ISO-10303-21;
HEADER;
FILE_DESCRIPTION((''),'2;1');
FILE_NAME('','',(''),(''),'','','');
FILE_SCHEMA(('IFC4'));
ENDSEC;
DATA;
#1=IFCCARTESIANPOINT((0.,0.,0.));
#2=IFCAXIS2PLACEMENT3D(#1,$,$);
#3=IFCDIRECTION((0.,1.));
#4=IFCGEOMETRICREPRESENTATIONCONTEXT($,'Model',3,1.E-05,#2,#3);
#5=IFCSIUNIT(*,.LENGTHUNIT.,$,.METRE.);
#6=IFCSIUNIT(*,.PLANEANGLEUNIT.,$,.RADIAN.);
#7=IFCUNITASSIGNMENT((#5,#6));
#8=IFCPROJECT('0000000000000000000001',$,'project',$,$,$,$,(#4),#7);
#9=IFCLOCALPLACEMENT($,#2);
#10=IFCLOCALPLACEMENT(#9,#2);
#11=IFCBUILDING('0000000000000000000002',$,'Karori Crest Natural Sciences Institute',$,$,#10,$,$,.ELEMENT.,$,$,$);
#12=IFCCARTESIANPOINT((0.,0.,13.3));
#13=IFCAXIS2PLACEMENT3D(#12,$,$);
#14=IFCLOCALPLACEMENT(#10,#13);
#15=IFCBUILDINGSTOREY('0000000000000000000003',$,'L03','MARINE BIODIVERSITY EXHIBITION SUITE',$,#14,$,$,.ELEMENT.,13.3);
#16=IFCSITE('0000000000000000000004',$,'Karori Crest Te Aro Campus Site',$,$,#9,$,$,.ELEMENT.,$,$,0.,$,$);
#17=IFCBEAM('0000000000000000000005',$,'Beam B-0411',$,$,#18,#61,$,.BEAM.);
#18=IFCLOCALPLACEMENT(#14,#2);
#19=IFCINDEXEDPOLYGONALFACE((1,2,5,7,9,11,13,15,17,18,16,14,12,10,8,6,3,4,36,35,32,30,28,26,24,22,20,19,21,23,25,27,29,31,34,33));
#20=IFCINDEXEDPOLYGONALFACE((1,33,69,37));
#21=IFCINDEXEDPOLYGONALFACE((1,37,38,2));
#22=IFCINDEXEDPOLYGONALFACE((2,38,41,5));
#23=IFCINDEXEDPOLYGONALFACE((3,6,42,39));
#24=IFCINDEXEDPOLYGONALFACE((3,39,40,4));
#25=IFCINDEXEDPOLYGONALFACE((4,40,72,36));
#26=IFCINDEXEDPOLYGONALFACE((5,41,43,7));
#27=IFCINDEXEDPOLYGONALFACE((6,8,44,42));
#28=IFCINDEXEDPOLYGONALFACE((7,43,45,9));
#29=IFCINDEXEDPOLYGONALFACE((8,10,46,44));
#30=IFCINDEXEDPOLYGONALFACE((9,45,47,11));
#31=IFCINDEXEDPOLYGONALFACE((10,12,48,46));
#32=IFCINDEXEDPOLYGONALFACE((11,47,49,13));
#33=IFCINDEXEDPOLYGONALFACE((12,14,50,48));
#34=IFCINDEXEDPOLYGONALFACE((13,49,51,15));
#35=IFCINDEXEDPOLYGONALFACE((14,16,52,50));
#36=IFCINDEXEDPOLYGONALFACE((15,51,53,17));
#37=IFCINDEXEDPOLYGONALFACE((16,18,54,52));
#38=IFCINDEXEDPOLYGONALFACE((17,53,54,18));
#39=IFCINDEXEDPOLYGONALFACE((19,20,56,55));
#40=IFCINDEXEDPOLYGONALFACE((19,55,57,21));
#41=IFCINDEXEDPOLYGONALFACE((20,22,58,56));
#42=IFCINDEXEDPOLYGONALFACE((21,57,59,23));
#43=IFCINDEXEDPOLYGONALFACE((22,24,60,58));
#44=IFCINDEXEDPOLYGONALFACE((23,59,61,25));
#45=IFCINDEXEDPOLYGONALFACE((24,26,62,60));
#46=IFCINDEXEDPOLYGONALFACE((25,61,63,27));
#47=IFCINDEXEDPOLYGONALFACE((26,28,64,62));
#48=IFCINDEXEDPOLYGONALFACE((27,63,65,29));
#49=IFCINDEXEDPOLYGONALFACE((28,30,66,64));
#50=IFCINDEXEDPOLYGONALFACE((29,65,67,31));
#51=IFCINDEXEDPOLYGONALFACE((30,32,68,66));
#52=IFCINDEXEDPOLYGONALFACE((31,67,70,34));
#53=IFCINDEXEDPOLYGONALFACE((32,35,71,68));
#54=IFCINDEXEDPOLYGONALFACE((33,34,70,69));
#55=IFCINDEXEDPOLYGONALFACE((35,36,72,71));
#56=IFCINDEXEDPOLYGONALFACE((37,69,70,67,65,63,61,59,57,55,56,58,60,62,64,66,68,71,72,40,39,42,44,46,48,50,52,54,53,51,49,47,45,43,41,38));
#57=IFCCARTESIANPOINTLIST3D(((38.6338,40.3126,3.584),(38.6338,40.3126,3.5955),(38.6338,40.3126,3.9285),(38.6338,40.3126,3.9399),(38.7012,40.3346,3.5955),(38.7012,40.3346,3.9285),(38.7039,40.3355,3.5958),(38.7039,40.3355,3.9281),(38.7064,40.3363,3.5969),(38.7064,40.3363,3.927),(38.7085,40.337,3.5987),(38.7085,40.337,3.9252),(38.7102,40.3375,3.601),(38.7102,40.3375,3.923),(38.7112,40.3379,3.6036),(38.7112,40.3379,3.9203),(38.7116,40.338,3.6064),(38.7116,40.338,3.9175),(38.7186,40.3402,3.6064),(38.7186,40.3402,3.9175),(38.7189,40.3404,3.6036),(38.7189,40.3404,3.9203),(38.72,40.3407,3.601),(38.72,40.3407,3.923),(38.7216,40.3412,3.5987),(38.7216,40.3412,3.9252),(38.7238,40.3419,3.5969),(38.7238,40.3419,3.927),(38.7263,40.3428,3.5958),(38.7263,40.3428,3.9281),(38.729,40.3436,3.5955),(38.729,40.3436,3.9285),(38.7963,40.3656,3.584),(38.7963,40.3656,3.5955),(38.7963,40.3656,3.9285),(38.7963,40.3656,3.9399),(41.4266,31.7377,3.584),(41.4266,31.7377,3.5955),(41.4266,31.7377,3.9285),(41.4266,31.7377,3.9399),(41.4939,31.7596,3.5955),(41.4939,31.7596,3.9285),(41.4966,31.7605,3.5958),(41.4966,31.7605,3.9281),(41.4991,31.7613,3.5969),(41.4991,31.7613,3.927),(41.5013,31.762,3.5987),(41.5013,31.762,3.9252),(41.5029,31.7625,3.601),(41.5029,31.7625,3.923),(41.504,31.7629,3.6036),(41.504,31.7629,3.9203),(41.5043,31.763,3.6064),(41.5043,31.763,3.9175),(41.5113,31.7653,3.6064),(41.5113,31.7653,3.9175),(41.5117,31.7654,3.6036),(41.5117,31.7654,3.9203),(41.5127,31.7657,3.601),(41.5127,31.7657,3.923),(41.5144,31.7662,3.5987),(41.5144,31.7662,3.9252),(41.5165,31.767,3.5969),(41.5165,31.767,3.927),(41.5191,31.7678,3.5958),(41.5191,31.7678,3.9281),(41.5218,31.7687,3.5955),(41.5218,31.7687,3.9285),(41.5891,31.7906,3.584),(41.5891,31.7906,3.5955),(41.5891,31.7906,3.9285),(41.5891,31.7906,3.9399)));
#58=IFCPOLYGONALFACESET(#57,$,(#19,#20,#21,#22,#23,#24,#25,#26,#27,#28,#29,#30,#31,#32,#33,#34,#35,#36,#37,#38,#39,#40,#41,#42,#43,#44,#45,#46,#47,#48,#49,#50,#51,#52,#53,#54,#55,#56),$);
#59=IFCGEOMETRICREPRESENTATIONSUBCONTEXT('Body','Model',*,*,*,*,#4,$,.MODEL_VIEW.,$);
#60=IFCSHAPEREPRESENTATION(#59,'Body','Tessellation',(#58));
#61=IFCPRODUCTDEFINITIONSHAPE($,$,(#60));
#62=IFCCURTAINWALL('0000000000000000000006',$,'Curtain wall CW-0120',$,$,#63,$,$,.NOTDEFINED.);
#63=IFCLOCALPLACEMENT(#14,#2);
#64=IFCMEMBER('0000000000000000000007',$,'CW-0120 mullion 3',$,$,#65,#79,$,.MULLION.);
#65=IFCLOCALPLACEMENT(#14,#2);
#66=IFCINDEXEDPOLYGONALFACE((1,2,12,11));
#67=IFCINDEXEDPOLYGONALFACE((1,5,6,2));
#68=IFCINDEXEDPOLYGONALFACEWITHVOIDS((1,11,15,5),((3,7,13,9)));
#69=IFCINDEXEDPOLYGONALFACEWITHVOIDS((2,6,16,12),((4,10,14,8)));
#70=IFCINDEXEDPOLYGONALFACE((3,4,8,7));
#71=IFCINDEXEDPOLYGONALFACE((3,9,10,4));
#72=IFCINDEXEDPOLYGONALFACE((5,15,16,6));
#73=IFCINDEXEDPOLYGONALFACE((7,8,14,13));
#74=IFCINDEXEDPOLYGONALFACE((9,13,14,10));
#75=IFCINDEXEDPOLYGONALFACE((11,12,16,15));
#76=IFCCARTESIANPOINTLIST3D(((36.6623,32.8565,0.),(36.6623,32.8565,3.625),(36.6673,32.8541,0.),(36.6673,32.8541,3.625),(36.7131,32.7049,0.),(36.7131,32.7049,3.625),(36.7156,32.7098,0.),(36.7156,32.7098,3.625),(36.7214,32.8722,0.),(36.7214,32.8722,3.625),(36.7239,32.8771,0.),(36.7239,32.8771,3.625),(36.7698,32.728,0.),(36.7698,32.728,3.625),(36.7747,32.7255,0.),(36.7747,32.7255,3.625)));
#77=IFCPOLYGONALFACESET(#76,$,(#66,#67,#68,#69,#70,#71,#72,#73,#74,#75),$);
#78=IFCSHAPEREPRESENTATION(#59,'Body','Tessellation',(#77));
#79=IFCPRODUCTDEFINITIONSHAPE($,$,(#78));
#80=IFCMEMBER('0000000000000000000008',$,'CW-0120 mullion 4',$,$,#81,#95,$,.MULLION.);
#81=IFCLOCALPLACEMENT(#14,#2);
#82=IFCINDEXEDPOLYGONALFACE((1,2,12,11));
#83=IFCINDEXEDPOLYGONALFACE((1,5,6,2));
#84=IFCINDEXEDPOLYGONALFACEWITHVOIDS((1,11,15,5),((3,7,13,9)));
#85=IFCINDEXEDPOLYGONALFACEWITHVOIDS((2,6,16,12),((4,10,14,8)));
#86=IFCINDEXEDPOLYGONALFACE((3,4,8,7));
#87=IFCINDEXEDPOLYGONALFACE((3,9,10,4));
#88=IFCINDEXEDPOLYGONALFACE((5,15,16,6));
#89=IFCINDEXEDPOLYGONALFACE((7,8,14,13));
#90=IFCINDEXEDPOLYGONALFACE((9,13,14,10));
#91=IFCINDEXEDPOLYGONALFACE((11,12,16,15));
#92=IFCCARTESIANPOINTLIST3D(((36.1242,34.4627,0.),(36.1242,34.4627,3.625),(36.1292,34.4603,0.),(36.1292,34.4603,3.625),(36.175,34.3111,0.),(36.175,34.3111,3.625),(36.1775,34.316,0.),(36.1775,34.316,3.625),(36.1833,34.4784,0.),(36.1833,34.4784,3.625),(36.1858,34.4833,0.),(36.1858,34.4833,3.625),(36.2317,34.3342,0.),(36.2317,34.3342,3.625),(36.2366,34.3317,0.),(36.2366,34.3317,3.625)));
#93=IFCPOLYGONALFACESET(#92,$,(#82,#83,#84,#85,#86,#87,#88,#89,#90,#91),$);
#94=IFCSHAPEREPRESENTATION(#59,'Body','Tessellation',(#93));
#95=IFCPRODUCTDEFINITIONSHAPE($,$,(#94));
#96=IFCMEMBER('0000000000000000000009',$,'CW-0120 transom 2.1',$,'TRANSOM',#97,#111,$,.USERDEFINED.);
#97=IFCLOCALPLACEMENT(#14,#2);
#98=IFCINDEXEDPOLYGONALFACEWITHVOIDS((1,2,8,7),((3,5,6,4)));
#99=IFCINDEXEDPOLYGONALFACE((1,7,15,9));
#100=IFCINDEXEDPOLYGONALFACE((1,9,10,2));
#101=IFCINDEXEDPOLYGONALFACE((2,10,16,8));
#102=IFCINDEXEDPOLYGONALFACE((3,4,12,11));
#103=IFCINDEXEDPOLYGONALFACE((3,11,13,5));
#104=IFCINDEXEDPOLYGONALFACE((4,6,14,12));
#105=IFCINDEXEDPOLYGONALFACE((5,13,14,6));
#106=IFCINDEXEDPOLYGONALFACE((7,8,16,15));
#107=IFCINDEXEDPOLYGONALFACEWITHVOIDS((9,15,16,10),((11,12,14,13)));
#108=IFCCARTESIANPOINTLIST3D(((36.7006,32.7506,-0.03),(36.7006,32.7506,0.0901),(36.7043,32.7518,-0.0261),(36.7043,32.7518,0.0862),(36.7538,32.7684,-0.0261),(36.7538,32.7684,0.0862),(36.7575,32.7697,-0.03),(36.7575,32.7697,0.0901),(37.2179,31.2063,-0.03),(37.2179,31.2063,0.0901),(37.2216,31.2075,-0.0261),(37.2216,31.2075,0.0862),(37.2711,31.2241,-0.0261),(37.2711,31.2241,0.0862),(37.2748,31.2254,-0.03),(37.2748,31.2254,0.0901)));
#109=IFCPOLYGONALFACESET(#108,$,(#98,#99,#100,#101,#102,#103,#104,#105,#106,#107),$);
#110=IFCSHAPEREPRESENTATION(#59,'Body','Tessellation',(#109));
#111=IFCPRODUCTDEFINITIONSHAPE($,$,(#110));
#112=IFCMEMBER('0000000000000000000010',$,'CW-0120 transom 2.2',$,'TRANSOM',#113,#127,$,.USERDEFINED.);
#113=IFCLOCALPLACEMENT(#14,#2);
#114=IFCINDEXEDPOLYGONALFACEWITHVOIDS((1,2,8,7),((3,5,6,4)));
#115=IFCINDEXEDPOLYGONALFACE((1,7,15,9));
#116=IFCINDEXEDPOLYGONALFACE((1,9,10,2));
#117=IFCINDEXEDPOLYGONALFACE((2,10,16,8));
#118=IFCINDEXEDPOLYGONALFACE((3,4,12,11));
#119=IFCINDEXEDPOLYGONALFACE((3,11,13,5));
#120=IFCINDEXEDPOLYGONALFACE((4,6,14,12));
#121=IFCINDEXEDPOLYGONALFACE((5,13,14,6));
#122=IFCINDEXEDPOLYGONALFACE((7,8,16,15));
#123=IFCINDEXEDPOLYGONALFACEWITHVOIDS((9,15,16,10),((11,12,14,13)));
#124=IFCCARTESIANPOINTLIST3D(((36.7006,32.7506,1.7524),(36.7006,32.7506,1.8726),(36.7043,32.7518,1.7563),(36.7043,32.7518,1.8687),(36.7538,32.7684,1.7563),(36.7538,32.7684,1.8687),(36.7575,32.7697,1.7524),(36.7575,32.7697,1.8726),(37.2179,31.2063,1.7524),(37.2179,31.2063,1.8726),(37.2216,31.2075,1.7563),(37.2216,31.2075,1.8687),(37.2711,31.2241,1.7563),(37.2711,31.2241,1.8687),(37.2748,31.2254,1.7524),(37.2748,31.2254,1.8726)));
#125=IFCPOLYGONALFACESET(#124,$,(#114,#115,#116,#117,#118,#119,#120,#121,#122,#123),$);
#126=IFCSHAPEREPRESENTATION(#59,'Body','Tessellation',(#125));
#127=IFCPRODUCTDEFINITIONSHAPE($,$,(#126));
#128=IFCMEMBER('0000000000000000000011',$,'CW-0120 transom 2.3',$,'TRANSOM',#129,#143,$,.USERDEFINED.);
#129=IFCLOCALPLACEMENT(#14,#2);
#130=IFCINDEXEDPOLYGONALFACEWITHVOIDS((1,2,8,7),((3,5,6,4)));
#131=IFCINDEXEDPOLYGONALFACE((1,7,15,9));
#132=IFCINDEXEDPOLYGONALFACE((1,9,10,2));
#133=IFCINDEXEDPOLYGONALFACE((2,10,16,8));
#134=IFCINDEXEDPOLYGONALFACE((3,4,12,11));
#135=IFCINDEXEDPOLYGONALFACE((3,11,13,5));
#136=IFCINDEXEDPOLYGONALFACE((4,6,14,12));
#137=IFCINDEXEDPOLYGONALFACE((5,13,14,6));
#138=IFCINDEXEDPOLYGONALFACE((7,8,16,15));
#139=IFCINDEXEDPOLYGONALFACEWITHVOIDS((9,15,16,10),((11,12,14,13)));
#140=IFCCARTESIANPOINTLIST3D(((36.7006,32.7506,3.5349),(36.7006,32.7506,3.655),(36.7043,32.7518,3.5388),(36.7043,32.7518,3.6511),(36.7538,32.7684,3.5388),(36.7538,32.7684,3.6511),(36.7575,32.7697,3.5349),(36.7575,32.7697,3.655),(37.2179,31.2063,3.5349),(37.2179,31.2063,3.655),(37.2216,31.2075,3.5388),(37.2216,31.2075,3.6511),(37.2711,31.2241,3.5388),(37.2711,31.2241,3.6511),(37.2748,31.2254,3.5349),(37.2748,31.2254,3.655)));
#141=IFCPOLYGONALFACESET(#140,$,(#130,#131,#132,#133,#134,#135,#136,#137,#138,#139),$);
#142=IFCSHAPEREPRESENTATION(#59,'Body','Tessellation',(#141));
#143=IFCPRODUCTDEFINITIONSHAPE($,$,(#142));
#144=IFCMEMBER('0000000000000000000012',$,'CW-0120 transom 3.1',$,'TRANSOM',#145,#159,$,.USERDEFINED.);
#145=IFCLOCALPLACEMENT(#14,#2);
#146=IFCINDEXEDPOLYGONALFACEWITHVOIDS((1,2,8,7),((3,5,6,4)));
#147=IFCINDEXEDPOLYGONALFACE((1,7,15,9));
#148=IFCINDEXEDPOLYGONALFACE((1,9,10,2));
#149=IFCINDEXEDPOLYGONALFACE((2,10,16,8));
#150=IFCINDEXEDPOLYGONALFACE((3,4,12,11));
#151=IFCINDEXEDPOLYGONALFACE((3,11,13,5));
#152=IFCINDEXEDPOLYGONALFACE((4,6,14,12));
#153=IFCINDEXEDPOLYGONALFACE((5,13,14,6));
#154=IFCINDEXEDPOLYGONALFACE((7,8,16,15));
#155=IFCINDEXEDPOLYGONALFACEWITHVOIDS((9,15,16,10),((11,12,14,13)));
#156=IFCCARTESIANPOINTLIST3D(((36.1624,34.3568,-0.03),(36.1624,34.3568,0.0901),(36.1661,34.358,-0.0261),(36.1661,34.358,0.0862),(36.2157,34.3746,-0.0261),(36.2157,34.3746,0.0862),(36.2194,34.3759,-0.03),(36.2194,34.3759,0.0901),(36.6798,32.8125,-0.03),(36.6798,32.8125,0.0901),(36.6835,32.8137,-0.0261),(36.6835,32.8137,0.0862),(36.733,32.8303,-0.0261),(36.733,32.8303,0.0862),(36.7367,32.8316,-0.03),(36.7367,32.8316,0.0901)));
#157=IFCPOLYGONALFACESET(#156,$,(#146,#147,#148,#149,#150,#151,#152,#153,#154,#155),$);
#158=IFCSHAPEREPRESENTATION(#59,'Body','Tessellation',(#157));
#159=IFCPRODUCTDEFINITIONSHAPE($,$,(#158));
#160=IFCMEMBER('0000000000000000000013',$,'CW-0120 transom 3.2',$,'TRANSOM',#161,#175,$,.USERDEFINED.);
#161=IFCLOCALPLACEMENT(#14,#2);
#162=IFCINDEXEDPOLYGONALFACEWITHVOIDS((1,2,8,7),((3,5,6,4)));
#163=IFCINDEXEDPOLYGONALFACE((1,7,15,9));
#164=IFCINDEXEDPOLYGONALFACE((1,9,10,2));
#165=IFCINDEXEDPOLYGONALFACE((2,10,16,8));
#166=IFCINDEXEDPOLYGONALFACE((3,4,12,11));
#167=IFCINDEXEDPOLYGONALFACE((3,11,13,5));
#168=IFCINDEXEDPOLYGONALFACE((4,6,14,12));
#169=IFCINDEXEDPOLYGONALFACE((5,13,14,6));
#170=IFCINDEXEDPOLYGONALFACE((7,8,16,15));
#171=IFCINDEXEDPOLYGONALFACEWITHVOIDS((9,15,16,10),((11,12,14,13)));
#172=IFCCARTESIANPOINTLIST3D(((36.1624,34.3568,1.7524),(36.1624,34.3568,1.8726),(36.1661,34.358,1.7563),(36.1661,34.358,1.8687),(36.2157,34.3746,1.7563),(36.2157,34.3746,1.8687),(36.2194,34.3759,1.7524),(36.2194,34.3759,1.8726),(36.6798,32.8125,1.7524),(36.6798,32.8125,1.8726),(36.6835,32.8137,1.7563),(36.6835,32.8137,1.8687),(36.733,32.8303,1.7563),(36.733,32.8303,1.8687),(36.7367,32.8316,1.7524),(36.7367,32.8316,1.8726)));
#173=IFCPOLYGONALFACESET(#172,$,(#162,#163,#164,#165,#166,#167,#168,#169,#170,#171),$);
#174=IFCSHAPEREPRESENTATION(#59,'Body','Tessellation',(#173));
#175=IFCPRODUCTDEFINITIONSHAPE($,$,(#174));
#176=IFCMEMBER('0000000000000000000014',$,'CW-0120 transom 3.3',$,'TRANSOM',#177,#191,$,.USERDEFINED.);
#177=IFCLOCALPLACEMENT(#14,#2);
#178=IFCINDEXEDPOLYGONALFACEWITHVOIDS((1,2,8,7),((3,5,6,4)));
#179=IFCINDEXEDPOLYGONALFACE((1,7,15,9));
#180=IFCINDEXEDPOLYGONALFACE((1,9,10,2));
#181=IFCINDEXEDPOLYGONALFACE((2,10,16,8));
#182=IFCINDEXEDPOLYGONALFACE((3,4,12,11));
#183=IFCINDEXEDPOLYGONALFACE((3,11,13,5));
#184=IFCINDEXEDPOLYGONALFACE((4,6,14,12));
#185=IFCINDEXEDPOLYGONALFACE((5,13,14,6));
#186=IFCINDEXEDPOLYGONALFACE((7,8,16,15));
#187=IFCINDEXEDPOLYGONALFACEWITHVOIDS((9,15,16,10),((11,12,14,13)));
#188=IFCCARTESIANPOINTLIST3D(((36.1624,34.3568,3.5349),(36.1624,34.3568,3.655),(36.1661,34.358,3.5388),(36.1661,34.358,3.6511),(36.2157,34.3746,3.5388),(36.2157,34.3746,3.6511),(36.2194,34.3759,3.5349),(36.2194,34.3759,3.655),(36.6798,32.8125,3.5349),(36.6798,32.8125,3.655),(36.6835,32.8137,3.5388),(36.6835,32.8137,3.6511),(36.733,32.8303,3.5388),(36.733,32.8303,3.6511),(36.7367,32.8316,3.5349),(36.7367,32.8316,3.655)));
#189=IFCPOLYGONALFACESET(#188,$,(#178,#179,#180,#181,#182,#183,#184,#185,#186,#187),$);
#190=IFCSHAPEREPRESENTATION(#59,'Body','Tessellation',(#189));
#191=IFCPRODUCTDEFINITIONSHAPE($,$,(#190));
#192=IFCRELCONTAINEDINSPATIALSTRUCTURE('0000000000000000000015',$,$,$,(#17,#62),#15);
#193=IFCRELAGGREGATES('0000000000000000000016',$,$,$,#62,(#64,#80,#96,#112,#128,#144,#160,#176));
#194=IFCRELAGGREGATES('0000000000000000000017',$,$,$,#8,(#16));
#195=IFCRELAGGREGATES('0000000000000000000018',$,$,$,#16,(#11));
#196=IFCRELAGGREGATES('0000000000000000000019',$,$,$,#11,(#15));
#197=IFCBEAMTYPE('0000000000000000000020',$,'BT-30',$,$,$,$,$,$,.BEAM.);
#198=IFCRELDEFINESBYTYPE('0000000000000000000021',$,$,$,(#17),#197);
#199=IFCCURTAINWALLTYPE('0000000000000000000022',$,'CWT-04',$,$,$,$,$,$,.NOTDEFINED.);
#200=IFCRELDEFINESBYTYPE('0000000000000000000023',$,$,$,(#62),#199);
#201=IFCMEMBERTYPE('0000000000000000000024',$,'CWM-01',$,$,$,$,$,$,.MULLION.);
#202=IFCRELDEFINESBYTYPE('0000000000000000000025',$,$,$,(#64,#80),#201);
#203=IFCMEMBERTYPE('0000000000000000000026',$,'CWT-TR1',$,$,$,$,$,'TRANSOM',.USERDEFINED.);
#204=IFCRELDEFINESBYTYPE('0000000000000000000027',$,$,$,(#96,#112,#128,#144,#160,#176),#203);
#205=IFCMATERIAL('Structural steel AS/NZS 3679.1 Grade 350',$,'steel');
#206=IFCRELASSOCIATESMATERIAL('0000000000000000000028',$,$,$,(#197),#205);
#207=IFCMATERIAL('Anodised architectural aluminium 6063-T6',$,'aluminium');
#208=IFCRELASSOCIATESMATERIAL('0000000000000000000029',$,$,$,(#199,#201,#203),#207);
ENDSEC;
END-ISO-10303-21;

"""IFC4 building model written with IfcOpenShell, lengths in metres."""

from ifc_helpers import new_model, si_unit, direction, frame, origin, origin_2d, place, context, subcontext, project, spatial, hollow_rectangle, i_section, extrude, material, material_profile, profile_set, type_object, element, aggregate, save


model = new_model("IFC4")

# Units and contexts
model_context = context("Model", 3, precision=1e-05, world=origin(), true_north=direction((0.0, 1.0)))
body_context = subcontext(model_context, "Body", "Model", "MODEL_VIEW")
ifc_project = project(units=[si_unit("LENGTHUNIT", "METRE"), si_unit("PLANEANGLEUNIT", "RADIAN")], contexts=[model_context])

# Site, building, storey
site_placement = place(None, origin())
site = spatial("IfcSite", under=ifc_project, at=site_placement, Name="Karori Crest Te Aro Campus Site", CompositionType="ELEMENT", RefElevation=0.0)
building_placement = place(site_placement, origin())
building = spatial("IfcBuilding", under=site, at=building_placement, Name="Karori Crest Natural Sciences Institute", CompositionType="ELEMENT")
storey_placement = place(building_placement, frame((0.0, 0.0, 13.3)))
storey = spatial("IfcBuildingStorey", under=building, at=storey_placement, Name="L03", Description="MARINE BIODIVERSITY EXHIBITION SUITE", CompositionType="ELEMENT", Elevation=13.3)

# Beam
ifc_material_1 = material(Name="Structural steel AS/NZS 3679.1 Grade 350", Category="steel")
ifc_material_profile_1 = material_profile(ifc_material_1, i_section(OverallWidth=0.1709, OverallDepth=0.356, WebThickness=0.0073, FlangeThickness=0.0115, FilletRadius=0.011, at=origin_2d()), Name="360UB50.7")
ifc_profile_set_1 = profile_set([ifc_material_profile_1], Name="Structural steel AS/NZS 3679.1 Grade 350")
beam_type = type_object("IfcBeamType", Name="BT-30", PredefinedType="BEAM", material=ifc_profile_set_1)
beam_placement = place(storey_placement, frame((38.7151, 40.3391, 3.762), z_axis=(0.309674, -0.950843, 0.0), x_axis=(0.950843, 0.309674, 0.0)))
element("IfcBeam", 1, at=beam_placement, inside=storey, type_object=beam_type, Name="Beam B-0411", PredefinedType="BEAM", context=body_context, shape_type="SweptSolid", body=[
    extrude(i_section(OverallWidth=0.1709, OverallDepth=0.356, WebThickness=0.0073, FlangeThickness=0.0115, FilletRadius=0.011, at=origin_2d()), origin(), (0.0, 0.0, 1.0), 9.0183),
])

# Curtain wall, members
ifc_material_2 = material(Name="Anodised architectural aluminium 6063-T6", Category="aluminium")
curtain_wall_type = type_object("IfcCurtainWallType", Name="CWT-04", PredefinedType="NOTDEFINED", material=ifc_material_2)
curtain_wall_placement = place(storey_placement, origin())
curtain_wall = element("IfcCurtainWall", 2, at=curtain_wall_placement, inside=storey, type_object=curtain_wall_type, Name="Curtain wall CW-0120", PredefinedType="NOTDEFINED")
ifc_material_profile_2 = material_profile(ifc_material_2, hollow_rectangle(XDim=0.0649, YDim=0.1599, WallThickness=0.0039, at=origin_2d()), Name="CWM160x65x4")
ifc_profile_set_2 = profile_set([ifc_material_profile_2], Name="Anodised architectural aluminium 6063-T6")
member_type_1 = type_object("IfcMemberType", Name="CWM-01", PredefinedType="MULLION", material=ifc_profile_set_2)
member_1_placement = place(storey_placement, frame((36.7185, 32.791, 0.0), z_axis=(0.0, 0.0, 1.0), x_axis=(-0.948198, -0.31768, 0.0)))
member_1 = element("IfcMember", 3, at=member_1_placement, type_object=member_type_1, Name="CW-0120 mullion 3", PredefinedType="MULLION", context=body_context, shape_type="SweptSolid", body=[
    extrude(hollow_rectangle(XDim=0.0649, YDim=0.1599, WallThickness=0.0039, at=origin_2d()), origin(), (0.0, 0.0, 1.0), 3.625),
])
member_2_placement = place(storey_placement, frame((36.1804, 34.3972, 0.0), z_axis=(0.0, 0.0, 1.0), x_axis=(-0.948198, -0.31768, 0.0)))
member_2 = element("IfcMember", 4, at=member_2_placement, type_object=member_type_1, Name="CW-0120 mullion 4", PredefinedType="MULLION", context=body_context, shape_type="SweptSolid", body=[
    extrude(hollow_rectangle(XDim=0.0649, YDim=0.1599, WallThickness=0.0039, at=origin_2d()), origin(), (0.0, 0.0, 1.0), 3.625),
])
ifc_material_profile_3 = material_profile(ifc_material_2, hollow_rectangle(XDim=0.0601, YDim=0.1201, WallThickness=0.0039, at=origin_2d()), Name="CWT120x60x4")
ifc_profile_set_3 = profile_set([ifc_material_profile_3], Name="Anodised architectural aluminium 6063-T6")
member_type_2 = type_object("IfcMemberType", Name="CWT-TR1", ElementType="TRANSOM", PredefinedType="USERDEFINED", material=ifc_profile_set_3)
member_3_placement = place(storey_placement, frame((37.2463, 31.2158, 0.03), z_axis=(-0.317621, 0.948218, 0.0), x_axis=(-0.948218, -0.317621, 0.0)))
member_3 = element("IfcMember", 5, at=member_3_placement, type_object=member_type_2, Name="CW-0120 transom 2.1", ObjectType="TRANSOM", PredefinedType="USERDEFINED", context=body_context, shape_type="SweptSolid", body=[
    extrude(hollow_rectangle(XDim=0.0601, YDim=0.1201, WallThickness=0.0039, at=origin_2d()), origin(), (0.0, 0.0, 1.0), 1.6287),
])
member_4_placement = place(storey_placement, frame((37.2463, 31.2158, 1.8125), z_axis=(-0.317621, 0.948218, 0.0), x_axis=(-0.948218, -0.317621, 0.0)))
member_4 = element("IfcMember", 6, at=member_4_placement, type_object=member_type_2, Name="CW-0120 transom 2.2", ObjectType="TRANSOM", PredefinedType="USERDEFINED", context=body_context, shape_type="SweptSolid", body=[
    extrude(hollow_rectangle(XDim=0.0601, YDim=0.1201, WallThickness=0.0039, at=origin_2d()), origin(), (0.0, 0.0, 1.0), 1.6287),
])
member_5_placement = place(storey_placement, frame((37.2463, 31.2158, 3.595), z_axis=(-0.317621, 0.948218, 0.0), x_axis=(-0.948218, -0.317621, 0.0)))
member_5 = element("IfcMember", 7, at=member_5_placement, type_object=member_type_2, Name="CW-0120 transom 2.3", ObjectType="TRANSOM", PredefinedType="USERDEFINED", context=body_context, shape_type="SweptSolid", body=[
    extrude(hollow_rectangle(XDim=0.0601, YDim=0.1201, WallThickness=0.0039, at=origin_2d()), origin(), (0.0, 0.0, 1.0), 1.6287),
])
member_6_placement = place(storey_placement, frame((36.7083, 32.822, 0.03), z_axis=(-0.317667, 0.948202, 0.0), x_axis=(-0.948202, -0.317667, 0.0)))
member_6 = element("IfcMember", 8, at=member_6_placement, type_object=member_type_2, Name="CW-0120 transom 3.1", ObjectType="TRANSOM", PredefinedType="USERDEFINED", context=body_context, shape_type="SweptSolid", body=[
    extrude(hollow_rectangle(XDim=0.0601, YDim=0.1201, WallThickness=0.0039, at=origin_2d()), origin(), (0.0, 0.0, 1.0), 1.6287),
])
member_7_placement = place(storey_placement, frame((36.7083, 32.822, 1.8125), z_axis=(-0.317667, 0.948202, 0.0), x_axis=(-0.948202, -0.317667, 0.0)))
member_7 = element("IfcMember", 9, at=member_7_placement, type_object=member_type_2, Name="CW-0120 transom 3.2", ObjectType="TRANSOM", PredefinedType="USERDEFINED", context=body_context, shape_type="SweptSolid", body=[
    extrude(hollow_rectangle(XDim=0.0601, YDim=0.1201, WallThickness=0.0039, at=origin_2d()), origin(), (0.0, 0.0, 1.0), 1.6287),
])
member_8_placement = place(storey_placement, frame((36.7083, 32.822, 3.595), z_axis=(-0.317667, 0.948202, 0.0), x_axis=(-0.948202, -0.317667, 0.0)))
member_8 = element("IfcMember", 10, at=member_8_placement, type_object=member_type_2, Name="CW-0120 transom 3.3", ObjectType="TRANSOM", PredefinedType="USERDEFINED", context=body_context, shape_type="SweptSolid", body=[
    extrude(hollow_rectangle(XDim=0.0601, YDim=0.1201, WallThickness=0.0039, at=origin_2d()), origin(), (0.0, 0.0, 1.0), 1.6287),
])
aggregate(curtain_wall, [member_1, member_2, member_3, member_4, member_5, member_6, member_7, member_8])

save(model, "model.ifc")
